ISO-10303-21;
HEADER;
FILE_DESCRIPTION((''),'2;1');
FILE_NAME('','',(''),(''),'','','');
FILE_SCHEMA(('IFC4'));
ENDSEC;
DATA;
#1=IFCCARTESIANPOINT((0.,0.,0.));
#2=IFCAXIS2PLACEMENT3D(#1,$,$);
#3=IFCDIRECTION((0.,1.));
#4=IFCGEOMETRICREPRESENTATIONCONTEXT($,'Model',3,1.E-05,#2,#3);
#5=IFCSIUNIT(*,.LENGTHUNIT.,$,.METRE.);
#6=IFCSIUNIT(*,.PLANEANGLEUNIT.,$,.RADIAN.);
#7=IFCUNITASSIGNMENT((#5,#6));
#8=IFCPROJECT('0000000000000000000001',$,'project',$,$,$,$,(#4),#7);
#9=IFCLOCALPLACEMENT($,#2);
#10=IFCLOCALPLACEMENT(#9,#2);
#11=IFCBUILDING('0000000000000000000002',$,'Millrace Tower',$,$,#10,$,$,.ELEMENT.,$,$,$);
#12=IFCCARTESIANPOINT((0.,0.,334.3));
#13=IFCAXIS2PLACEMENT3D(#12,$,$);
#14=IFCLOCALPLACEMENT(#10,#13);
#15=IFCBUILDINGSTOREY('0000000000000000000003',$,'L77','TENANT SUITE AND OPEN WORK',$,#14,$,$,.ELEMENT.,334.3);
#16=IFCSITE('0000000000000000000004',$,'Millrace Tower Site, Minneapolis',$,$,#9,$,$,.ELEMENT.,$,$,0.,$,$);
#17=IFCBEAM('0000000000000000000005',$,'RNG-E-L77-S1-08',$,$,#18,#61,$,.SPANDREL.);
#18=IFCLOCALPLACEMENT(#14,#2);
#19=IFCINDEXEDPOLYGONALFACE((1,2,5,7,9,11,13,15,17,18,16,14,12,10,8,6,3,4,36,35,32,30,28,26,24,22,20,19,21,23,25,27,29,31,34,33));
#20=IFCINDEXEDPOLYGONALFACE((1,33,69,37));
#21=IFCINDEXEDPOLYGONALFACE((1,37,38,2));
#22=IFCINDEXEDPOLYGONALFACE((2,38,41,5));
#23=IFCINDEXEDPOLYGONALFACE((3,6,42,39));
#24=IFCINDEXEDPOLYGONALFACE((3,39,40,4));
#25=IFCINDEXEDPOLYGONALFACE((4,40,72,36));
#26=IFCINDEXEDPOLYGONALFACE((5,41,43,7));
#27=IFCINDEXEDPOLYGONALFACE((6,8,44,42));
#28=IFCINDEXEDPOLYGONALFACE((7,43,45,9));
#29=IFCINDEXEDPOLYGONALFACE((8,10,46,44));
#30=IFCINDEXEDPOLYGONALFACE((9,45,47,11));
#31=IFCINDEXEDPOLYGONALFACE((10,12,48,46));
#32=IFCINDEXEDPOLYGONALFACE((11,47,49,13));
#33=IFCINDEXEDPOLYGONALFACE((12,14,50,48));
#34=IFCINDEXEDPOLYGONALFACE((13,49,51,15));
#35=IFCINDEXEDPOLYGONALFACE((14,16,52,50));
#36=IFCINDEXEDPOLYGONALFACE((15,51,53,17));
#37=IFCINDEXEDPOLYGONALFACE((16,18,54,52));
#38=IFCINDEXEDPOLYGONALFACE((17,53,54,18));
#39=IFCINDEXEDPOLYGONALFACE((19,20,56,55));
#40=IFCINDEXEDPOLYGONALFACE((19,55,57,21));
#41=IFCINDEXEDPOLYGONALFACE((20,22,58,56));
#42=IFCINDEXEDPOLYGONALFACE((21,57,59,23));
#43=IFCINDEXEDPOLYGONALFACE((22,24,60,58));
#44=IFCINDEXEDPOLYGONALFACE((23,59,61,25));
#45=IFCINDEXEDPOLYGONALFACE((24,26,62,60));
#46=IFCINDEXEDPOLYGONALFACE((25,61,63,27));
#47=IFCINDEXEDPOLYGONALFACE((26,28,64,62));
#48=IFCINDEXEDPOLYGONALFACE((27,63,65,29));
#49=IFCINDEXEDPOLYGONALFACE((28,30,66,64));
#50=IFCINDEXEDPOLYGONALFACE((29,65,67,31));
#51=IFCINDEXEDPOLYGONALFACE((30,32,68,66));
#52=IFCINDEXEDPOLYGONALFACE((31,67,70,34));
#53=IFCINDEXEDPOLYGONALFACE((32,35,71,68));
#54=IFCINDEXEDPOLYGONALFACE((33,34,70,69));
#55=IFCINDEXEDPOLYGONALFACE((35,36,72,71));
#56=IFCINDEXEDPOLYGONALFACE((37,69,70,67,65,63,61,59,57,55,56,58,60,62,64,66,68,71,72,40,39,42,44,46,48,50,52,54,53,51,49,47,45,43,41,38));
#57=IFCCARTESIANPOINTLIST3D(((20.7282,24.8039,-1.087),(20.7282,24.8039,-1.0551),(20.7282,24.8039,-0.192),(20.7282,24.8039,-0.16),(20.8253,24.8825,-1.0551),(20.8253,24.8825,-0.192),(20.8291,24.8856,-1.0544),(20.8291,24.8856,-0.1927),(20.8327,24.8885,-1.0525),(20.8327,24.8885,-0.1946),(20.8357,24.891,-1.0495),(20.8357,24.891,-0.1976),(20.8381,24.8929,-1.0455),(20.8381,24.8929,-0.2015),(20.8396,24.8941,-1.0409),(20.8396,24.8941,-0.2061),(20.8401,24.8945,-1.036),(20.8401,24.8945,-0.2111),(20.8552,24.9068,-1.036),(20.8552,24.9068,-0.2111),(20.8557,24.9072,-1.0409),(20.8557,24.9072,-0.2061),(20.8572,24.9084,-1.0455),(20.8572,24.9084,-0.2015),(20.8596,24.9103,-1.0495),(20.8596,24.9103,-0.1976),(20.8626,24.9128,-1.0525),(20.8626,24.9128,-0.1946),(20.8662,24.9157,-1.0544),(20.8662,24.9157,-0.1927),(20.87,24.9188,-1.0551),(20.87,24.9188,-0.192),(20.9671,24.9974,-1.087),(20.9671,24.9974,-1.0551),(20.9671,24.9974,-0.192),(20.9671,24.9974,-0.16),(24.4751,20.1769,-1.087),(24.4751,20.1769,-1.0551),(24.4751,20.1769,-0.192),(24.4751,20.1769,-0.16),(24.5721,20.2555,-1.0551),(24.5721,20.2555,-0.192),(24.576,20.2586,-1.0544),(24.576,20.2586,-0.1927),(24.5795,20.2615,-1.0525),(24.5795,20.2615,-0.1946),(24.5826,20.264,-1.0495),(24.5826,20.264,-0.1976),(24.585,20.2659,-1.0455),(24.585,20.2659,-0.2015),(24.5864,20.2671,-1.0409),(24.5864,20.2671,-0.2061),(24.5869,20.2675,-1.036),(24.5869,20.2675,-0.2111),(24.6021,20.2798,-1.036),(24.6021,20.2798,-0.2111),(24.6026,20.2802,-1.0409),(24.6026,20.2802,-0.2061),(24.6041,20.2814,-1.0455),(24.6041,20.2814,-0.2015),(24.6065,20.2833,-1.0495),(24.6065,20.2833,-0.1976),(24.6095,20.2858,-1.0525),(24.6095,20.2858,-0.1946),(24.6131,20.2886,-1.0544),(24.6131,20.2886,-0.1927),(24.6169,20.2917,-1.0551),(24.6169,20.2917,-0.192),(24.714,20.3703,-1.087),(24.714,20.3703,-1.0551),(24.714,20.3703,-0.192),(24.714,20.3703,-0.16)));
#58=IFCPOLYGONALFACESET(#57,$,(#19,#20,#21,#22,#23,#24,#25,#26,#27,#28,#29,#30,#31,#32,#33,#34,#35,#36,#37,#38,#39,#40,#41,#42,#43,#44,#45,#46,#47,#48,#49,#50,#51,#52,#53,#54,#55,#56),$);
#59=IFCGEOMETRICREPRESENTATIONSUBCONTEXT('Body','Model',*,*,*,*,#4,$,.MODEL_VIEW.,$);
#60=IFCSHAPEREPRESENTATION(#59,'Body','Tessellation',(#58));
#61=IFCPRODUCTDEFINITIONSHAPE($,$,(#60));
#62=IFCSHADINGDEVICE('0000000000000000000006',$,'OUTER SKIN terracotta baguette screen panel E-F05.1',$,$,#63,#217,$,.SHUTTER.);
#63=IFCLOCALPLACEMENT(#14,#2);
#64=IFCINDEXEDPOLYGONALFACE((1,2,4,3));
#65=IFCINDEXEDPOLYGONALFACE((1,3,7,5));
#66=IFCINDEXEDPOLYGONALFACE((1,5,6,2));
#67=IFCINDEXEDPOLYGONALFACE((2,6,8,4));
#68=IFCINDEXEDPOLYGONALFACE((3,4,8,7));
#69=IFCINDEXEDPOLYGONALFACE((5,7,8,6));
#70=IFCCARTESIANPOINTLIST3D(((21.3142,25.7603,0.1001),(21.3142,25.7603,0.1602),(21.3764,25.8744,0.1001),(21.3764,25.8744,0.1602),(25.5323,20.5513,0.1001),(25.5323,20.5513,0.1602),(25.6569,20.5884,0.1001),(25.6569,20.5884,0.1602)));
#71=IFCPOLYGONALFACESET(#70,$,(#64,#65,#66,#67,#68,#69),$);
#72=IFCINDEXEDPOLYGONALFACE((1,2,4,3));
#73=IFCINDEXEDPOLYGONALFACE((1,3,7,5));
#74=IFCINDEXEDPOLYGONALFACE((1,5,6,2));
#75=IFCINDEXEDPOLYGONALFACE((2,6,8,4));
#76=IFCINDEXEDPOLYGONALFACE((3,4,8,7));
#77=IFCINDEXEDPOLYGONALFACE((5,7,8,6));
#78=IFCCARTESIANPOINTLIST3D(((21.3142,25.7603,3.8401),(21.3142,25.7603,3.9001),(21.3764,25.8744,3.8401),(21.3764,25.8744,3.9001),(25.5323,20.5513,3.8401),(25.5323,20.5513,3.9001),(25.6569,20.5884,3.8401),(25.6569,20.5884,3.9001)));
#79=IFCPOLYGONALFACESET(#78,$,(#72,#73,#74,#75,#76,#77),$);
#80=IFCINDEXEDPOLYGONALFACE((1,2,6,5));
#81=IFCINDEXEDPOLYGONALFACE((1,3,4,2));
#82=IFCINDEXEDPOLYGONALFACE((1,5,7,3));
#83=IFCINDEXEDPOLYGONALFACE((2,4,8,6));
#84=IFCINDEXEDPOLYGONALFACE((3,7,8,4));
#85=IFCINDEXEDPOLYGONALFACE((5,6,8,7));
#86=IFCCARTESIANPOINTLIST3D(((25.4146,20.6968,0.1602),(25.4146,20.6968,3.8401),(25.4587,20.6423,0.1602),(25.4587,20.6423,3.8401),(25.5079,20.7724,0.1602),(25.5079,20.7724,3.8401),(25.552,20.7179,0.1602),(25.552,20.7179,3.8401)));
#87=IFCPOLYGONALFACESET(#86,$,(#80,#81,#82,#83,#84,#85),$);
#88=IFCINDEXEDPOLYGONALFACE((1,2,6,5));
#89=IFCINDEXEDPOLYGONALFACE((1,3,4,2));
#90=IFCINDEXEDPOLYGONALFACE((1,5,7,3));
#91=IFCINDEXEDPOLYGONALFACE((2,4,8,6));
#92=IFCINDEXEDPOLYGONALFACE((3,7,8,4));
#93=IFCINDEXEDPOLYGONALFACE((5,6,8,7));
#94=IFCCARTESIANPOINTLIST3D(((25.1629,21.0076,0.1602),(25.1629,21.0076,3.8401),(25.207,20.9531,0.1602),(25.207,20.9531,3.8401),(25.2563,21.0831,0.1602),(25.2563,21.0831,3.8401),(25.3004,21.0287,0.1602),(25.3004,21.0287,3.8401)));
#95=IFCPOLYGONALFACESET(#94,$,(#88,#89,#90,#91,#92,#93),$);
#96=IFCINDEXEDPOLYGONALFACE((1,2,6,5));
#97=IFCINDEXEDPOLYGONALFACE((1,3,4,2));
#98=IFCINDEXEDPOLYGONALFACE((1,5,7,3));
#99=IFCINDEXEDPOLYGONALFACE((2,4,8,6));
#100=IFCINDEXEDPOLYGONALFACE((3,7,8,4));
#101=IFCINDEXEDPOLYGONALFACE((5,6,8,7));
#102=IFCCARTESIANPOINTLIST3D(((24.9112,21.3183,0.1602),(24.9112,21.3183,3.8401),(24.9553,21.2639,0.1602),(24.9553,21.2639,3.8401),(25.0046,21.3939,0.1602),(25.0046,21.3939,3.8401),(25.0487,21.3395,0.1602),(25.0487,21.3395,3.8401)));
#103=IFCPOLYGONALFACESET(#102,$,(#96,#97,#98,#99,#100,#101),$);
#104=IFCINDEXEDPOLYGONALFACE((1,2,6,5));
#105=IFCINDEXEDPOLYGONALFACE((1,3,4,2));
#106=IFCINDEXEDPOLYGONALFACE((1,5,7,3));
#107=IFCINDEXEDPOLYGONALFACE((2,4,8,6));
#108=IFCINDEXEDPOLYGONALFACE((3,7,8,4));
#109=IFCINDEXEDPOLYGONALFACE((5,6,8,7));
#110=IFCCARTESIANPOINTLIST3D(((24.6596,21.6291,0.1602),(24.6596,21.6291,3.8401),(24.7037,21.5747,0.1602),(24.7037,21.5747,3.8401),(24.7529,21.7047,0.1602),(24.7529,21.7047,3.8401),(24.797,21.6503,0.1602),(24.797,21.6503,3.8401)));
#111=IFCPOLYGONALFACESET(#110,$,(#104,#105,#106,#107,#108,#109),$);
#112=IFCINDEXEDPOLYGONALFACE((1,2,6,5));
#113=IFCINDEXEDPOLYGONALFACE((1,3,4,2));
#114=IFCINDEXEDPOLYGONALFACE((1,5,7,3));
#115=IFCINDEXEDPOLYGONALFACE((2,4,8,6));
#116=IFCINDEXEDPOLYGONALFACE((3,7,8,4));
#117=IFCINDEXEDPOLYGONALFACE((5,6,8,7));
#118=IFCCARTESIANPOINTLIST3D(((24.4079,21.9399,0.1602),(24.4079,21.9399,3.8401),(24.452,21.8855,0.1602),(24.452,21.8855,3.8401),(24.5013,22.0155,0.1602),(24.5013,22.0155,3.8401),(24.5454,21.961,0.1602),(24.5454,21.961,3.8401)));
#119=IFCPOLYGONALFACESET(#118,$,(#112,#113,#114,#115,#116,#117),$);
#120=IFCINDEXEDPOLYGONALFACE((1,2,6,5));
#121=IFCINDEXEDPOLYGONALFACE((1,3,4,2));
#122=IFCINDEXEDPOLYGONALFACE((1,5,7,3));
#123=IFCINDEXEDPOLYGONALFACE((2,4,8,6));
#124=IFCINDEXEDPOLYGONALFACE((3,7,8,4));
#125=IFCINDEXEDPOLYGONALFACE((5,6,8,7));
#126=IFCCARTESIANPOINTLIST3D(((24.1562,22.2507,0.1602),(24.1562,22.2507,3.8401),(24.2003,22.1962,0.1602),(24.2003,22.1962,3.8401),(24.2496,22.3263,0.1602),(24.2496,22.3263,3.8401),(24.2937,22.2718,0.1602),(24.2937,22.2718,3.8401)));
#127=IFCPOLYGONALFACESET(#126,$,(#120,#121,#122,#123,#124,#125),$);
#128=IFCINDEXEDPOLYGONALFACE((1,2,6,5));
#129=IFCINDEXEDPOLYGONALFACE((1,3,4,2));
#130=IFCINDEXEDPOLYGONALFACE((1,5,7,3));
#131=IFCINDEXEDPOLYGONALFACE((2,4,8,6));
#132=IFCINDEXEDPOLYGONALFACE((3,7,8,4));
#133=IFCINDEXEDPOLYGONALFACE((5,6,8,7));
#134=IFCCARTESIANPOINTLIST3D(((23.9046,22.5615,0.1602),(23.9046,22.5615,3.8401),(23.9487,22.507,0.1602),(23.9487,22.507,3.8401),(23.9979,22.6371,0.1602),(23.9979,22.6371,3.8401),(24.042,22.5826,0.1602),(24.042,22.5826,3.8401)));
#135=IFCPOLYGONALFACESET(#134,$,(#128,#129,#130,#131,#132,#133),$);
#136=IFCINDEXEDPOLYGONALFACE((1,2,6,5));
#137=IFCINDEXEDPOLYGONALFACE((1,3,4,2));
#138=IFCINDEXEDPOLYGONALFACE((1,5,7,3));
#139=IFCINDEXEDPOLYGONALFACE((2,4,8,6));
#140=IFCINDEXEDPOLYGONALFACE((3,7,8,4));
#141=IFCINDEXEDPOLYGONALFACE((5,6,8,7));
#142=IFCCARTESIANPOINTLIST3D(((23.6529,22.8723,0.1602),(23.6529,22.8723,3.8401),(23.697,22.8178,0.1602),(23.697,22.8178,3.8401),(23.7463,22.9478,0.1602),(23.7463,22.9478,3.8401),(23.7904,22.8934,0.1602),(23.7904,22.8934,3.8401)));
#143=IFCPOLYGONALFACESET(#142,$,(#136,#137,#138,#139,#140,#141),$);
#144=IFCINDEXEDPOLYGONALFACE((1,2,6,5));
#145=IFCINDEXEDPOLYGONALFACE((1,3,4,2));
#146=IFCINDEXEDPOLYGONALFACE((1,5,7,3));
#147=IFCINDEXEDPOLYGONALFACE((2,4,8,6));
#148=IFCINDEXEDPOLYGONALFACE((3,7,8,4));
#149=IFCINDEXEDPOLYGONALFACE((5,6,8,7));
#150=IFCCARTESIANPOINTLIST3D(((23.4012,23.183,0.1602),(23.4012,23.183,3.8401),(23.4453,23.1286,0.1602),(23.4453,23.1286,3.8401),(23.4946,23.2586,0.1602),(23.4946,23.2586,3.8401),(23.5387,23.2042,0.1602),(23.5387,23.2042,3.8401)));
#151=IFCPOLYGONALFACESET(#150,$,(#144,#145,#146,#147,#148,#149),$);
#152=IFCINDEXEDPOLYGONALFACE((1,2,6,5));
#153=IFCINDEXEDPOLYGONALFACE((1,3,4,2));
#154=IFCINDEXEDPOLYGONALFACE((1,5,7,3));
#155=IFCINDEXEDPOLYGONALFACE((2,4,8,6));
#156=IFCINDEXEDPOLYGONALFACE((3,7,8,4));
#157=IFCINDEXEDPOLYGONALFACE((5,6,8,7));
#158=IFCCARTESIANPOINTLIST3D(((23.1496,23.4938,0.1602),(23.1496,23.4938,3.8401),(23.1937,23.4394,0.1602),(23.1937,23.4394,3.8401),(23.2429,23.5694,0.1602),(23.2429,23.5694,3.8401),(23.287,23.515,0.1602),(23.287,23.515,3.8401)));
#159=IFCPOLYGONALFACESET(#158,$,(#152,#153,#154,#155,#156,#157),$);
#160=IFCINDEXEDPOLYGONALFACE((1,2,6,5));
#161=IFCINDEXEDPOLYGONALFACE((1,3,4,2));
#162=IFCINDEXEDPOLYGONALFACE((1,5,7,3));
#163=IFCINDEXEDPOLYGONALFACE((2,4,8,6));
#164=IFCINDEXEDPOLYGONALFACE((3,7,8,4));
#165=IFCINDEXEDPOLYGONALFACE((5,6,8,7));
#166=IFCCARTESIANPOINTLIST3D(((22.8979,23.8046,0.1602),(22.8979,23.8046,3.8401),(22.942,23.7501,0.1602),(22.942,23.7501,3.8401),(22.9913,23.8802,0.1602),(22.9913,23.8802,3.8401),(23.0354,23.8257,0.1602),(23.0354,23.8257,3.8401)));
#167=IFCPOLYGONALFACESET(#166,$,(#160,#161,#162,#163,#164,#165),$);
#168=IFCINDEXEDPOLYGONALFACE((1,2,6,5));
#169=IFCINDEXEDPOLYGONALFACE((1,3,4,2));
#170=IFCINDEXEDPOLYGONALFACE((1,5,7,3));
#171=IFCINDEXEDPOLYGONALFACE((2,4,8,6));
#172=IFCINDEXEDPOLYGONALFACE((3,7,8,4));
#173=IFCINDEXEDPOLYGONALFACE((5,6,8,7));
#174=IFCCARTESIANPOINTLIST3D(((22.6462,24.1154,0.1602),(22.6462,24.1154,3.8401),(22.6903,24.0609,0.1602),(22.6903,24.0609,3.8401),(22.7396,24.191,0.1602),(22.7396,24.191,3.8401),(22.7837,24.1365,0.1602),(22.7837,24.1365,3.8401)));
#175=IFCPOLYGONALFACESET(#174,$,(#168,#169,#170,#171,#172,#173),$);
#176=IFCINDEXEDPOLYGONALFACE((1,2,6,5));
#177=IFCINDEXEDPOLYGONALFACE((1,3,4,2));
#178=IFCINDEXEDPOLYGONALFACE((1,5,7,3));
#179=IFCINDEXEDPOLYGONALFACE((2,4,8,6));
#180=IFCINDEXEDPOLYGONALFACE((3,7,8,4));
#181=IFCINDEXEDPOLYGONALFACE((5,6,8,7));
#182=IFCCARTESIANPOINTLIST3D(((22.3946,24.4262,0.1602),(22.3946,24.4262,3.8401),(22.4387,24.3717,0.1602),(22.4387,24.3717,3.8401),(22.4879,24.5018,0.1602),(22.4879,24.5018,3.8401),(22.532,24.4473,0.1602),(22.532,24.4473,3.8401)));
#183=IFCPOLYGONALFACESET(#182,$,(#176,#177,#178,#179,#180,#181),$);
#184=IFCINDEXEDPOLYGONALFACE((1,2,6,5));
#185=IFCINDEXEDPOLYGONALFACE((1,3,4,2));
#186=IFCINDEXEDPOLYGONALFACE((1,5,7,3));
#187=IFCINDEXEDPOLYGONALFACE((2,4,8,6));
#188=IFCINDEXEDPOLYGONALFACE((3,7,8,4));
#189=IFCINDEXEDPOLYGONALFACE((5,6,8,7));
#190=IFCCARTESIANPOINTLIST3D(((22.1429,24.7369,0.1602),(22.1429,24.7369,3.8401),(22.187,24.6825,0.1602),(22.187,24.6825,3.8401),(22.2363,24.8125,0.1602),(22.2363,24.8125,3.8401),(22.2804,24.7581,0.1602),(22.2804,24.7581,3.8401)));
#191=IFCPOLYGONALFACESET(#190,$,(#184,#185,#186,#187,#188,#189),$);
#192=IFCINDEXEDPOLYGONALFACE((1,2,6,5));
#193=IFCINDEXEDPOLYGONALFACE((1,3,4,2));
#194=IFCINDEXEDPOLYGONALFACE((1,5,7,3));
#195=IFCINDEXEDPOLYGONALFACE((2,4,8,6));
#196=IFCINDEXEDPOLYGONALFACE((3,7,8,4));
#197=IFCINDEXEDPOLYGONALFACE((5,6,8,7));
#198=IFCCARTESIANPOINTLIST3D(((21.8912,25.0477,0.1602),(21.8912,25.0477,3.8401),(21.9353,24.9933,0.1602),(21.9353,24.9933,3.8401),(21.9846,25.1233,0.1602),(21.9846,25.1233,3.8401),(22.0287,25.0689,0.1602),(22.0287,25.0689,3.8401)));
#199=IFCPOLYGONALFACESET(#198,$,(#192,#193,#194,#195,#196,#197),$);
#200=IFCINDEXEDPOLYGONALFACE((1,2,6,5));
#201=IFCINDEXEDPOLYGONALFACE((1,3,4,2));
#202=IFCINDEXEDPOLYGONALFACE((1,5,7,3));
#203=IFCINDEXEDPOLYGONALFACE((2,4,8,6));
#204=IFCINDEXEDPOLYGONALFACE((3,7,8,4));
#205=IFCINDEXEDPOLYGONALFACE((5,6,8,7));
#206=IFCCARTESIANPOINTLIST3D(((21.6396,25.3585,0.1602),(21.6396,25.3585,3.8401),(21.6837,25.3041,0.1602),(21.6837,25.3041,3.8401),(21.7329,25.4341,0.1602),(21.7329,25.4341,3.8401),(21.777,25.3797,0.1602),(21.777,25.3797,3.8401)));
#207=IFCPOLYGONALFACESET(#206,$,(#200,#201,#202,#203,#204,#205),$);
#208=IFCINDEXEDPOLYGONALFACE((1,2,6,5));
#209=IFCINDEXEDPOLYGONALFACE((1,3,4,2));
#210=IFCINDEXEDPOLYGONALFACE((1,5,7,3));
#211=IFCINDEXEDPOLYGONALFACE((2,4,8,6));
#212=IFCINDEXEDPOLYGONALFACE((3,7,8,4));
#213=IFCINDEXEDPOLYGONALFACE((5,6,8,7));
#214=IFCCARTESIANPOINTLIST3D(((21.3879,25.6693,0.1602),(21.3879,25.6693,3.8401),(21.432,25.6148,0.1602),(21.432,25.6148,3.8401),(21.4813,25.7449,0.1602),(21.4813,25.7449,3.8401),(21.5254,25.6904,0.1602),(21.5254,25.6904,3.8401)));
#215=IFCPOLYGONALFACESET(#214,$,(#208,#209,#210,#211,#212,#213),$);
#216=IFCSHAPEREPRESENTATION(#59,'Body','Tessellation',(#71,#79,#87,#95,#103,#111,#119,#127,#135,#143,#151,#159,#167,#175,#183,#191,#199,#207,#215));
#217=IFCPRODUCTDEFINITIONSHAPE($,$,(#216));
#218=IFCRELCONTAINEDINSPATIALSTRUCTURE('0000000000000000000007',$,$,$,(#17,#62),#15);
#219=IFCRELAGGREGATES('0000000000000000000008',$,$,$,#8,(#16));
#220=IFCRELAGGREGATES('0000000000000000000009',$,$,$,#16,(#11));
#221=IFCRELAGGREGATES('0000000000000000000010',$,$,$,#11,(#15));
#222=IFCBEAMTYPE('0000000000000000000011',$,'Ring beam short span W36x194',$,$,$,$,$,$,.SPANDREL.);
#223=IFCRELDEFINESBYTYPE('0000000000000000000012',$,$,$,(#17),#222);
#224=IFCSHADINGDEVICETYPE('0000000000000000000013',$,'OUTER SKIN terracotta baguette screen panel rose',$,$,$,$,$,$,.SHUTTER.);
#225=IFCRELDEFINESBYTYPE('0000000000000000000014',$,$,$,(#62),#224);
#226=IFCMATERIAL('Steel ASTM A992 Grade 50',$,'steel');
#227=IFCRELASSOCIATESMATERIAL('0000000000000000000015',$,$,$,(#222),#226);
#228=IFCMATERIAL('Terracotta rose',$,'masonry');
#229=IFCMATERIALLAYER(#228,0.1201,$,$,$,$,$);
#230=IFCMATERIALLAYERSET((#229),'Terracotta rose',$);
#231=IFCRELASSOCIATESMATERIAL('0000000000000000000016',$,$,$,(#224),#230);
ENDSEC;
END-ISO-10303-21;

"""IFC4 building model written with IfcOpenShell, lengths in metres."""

from ifc_helpers import new_model, entity, si_unit, direction, frame, frame_2d, origin, origin_2d, place, context, subcontext, project, spatial, rectangle, i_section, extrude, source, transform, mapped, material, layer, layer_set, material_profile, profile_set, type_object, element, save


model = new_model("IFC4")

# Units and contexts
model_context = context("Model", 3, precision=1e-05, world=origin(), true_north=direction((0.0, 1.0)))
body_context = subcontext(model_context, "Body", "Model", "MODEL_VIEW")
ifc_project = project(units=[si_unit("LENGTHUNIT", "METRE"), si_unit("PLANEANGLEUNIT", "RADIAN")], contexts=[model_context])

# Site, building, storey
site_placement = place(None, origin())
site = spatial("IfcSite", under=ifc_project, at=site_placement, Name="Millrace Tower Site, Minneapolis", CompositionType="ELEMENT", RefElevation=0.0)
building_placement = place(site_placement, origin())
building = spatial("IfcBuilding", under=site, at=building_placement, Name="Millrace Tower", CompositionType="ELEMENT")
storey_placement = place(building_placement, frame((0.0, 0.0, 334.3)))
storey = spatial("IfcBuildingStorey", under=building, at=storey_placement, Name="L77", Description="TENANT SUITE AND OPEN WORK", CompositionType="ELEMENT", Elevation=334.3)

# Beam
ifc_material_1 = material(Name="Steel ASTM A992 Grade 50", Category="steel")
ifc_material_profile_1 = material_profile(ifc_material_1, i_section(OverallWidth=0.3074, OverallDepth=0.927, WebThickness=0.0195, FlangeThickness=0.032, FilletRadius=0.019, at=origin_2d()))
ifc_profile_set_1 = profile_set([ifc_material_profile_1], Name="Steel ASTM A992 Grade 50")
beam_type_1 = type_object("IfcBeamType", Name="Ring beam short span W36x194", PredefinedType="SPANDREL", material=ifc_profile_set_1)
beam_1_placement = place(storey_placement, frame((20.8477, 24.9006, -0.6235), z_axis=(0.62932, -0.777147, 0.0), x_axis=(0.777147, 0.62932, 0.0)))
element("IfcBeam", 1, at=beam_1_placement, inside=storey, type_object=beam_type_1, Name="RNG-E-L77-S1-08", PredefinedType="SPANDREL", context=body_context, shape_type="SweptSolid", body=[
    extrude(i_section(OverallWidth=0.3074, OverallDepth=0.927, WebThickness=0.0195, FlangeThickness=0.032, FilletRadius=0.019, at=origin_2d()), origin(), (0.0, 0.0, 1.0), 5.9539),
])

# Shading device
ifc_material_2 = material(Name="Terracotta rose", Category="masonry")
ifc_layer_1 = layer(ifc_material_2, 0.1201)
ifc_layer_set_1 = layer_set([ifc_layer_1], Name="Terracotta rose")
shading_device_type = type_object("IfcShadingDeviceType", Name="OUTER SKIN terracotta baguette screen panel rose", PredefinedType="SHUTTER", material=ifc_layer_set_1)
cartesian_point_1 = entity("IfcCartesianPoint", [-3.3513, 0.0601])
shared_polyline_1 = entity("IfcPolyline", [cartesian_point_1, entity("IfcCartesianPoint", [3.3513, 0.0601]), entity("IfcCartesianPoint", [3.4009, -0.0601]), entity("IfcCartesianPoint", [-3.4009, -0.0601]), cartesian_point_1])
shared_shape_1 = source(origin(), body_context, "Body", "SweptSolid", [
    entity("IfcExtrudedAreaSolid", entity("IfcArbitraryClosedProfileDef", "AREA", None, shared_polyline_1), entity("IfcAxis2Placement3D", entity("IfcCartesianPoint", [0.0, 0.0, 0.0])), entity("IfcDirection", [0.0, 0.0, 1.0]), 0.0601),
    entity("IfcExtrudedAreaSolid", entity("IfcArbitraryClosedProfileDef", "AREA", None, shared_polyline_1), entity("IfcAxis2Placement3D", entity("IfcCartesianPoint", [0.0, 0.0, 3.74])), entity("IfcDirection", [0.0, 0.0, 1.0]), 0.0601),
    extrude(rectangle(XDim=0.0701, YDim=0.1201, at=frame_2d((-3.1992, 0.0))), frame((0.0, 0.0, 0.0601)), (0.0, 0.0, 1.0), 3.6799),
    extrude(rectangle(XDim=0.0701, YDim=0.1201, at=frame_2d((-2.7993, 0.0))), frame((0.0, 0.0, 0.0601)), (0.0, 0.0, 1.0), 3.6799),
    extrude(rectangle(XDim=0.0701, YDim=0.1201, at=frame_2d((-2.3994, 0.0))), frame((0.0, 0.0, 0.0601)), (0.0, 0.0, 1.0), 3.6799),
    extrude(rectangle(XDim=0.0701, YDim=0.1201, at=frame_2d((-1.9995, 0.0))), frame((0.0, 0.0, 0.0601)), (0.0, 0.0, 1.0), 3.6799),
    extrude(rectangle(XDim=0.0701, YDim=0.1201, at=frame_2d((-1.5996, 0.0))), frame((0.0, 0.0, 0.0601)), (0.0, 0.0, 1.0), 3.6799),
    extrude(rectangle(XDim=0.0701, YDim=0.1201, at=frame_2d((-1.1997, 0.0))), frame((0.0, 0.0, 0.0601)), (0.0, 0.0, 1.0), 3.6799),
    extrude(rectangle(XDim=0.0701, YDim=0.1201, at=frame_2d((-0.7998, 0.0))), frame((0.0, 0.0, 0.0601)), (0.0, 0.0, 1.0), 3.6799),
    extrude(rectangle(XDim=0.0701, YDim=0.1201, at=frame_2d((-0.3999, 0.0))), frame((0.0, 0.0, 0.0601)), (0.0, 0.0, 1.0), 3.6799),
    extrude(rectangle(XDim=0.0701, YDim=0.1201, at=origin_2d()), frame((0.0, 0.0, 0.0601)), (0.0, 0.0, 1.0), 3.6799),
    extrude(rectangle(XDim=0.0701, YDim=0.1201, at=frame_2d((0.3999, 0.0))), frame((0.0, 0.0, 0.0601)), (0.0, 0.0, 1.0), 3.6799),
    extrude(rectangle(XDim=0.0701, YDim=0.1201, at=frame_2d((0.7998, 0.0))), frame((0.0, 0.0, 0.0601)), (0.0, 0.0, 1.0), 3.6799),
    extrude(rectangle(XDim=0.0701, YDim=0.1201, at=frame_2d((1.1997, 0.0))), frame((0.0, 0.0, 0.0601)), (0.0, 0.0, 1.0), 3.6799),
    extrude(rectangle(XDim=0.0701, YDim=0.1201, at=frame_2d((1.5996, 0.0))), frame((0.0, 0.0, 0.0601)), (0.0, 0.0, 1.0), 3.6799),
    extrude(rectangle(XDim=0.0701, YDim=0.1201, at=frame_2d((1.9995, 0.0))), frame((0.0, 0.0, 0.0601)), (0.0, 0.0, 1.0), 3.6799),
    extrude(rectangle(XDim=0.0701, YDim=0.1201, at=frame_2d((2.3994, 0.0))), frame((0.0, 0.0, 0.0601)), (0.0, 0.0, 1.0), 3.6799),
    extrude(rectangle(XDim=0.0701, YDim=0.1201, at=frame_2d((2.7993, 0.0))), frame((0.0, 0.0, 0.0601)), (0.0, 0.0, 1.0), 3.6799),
    extrude(rectangle(XDim=0.0701, YDim=0.1201, at=frame_2d((3.1992, 0.0))), frame((0.0, 0.0, 0.0601)), (0.0, 0.0, 1.0), 3.6799),
])
shading_device_1_placement = place(storey_placement, frame((23.47, 23.1936, 0.1001), z_axis=(0.0, 0.0, 1.0), x_axis=(-0.62932, 0.777146, 0.0)))
element("IfcShadingDevice", 2, at=shading_device_1_placement, inside=storey, type_object=shading_device_type, Name="OUTER SKIN terracotta baguette screen panel E-F05.1", PredefinedType="SHUTTER", context=body_context, shape_type="MappedRepresentation", body=[
    mapped(shared_shape_1, transform((0.0, 0.0, 0.0), scale=1.0)),
])

save(model, "model.ifc")
